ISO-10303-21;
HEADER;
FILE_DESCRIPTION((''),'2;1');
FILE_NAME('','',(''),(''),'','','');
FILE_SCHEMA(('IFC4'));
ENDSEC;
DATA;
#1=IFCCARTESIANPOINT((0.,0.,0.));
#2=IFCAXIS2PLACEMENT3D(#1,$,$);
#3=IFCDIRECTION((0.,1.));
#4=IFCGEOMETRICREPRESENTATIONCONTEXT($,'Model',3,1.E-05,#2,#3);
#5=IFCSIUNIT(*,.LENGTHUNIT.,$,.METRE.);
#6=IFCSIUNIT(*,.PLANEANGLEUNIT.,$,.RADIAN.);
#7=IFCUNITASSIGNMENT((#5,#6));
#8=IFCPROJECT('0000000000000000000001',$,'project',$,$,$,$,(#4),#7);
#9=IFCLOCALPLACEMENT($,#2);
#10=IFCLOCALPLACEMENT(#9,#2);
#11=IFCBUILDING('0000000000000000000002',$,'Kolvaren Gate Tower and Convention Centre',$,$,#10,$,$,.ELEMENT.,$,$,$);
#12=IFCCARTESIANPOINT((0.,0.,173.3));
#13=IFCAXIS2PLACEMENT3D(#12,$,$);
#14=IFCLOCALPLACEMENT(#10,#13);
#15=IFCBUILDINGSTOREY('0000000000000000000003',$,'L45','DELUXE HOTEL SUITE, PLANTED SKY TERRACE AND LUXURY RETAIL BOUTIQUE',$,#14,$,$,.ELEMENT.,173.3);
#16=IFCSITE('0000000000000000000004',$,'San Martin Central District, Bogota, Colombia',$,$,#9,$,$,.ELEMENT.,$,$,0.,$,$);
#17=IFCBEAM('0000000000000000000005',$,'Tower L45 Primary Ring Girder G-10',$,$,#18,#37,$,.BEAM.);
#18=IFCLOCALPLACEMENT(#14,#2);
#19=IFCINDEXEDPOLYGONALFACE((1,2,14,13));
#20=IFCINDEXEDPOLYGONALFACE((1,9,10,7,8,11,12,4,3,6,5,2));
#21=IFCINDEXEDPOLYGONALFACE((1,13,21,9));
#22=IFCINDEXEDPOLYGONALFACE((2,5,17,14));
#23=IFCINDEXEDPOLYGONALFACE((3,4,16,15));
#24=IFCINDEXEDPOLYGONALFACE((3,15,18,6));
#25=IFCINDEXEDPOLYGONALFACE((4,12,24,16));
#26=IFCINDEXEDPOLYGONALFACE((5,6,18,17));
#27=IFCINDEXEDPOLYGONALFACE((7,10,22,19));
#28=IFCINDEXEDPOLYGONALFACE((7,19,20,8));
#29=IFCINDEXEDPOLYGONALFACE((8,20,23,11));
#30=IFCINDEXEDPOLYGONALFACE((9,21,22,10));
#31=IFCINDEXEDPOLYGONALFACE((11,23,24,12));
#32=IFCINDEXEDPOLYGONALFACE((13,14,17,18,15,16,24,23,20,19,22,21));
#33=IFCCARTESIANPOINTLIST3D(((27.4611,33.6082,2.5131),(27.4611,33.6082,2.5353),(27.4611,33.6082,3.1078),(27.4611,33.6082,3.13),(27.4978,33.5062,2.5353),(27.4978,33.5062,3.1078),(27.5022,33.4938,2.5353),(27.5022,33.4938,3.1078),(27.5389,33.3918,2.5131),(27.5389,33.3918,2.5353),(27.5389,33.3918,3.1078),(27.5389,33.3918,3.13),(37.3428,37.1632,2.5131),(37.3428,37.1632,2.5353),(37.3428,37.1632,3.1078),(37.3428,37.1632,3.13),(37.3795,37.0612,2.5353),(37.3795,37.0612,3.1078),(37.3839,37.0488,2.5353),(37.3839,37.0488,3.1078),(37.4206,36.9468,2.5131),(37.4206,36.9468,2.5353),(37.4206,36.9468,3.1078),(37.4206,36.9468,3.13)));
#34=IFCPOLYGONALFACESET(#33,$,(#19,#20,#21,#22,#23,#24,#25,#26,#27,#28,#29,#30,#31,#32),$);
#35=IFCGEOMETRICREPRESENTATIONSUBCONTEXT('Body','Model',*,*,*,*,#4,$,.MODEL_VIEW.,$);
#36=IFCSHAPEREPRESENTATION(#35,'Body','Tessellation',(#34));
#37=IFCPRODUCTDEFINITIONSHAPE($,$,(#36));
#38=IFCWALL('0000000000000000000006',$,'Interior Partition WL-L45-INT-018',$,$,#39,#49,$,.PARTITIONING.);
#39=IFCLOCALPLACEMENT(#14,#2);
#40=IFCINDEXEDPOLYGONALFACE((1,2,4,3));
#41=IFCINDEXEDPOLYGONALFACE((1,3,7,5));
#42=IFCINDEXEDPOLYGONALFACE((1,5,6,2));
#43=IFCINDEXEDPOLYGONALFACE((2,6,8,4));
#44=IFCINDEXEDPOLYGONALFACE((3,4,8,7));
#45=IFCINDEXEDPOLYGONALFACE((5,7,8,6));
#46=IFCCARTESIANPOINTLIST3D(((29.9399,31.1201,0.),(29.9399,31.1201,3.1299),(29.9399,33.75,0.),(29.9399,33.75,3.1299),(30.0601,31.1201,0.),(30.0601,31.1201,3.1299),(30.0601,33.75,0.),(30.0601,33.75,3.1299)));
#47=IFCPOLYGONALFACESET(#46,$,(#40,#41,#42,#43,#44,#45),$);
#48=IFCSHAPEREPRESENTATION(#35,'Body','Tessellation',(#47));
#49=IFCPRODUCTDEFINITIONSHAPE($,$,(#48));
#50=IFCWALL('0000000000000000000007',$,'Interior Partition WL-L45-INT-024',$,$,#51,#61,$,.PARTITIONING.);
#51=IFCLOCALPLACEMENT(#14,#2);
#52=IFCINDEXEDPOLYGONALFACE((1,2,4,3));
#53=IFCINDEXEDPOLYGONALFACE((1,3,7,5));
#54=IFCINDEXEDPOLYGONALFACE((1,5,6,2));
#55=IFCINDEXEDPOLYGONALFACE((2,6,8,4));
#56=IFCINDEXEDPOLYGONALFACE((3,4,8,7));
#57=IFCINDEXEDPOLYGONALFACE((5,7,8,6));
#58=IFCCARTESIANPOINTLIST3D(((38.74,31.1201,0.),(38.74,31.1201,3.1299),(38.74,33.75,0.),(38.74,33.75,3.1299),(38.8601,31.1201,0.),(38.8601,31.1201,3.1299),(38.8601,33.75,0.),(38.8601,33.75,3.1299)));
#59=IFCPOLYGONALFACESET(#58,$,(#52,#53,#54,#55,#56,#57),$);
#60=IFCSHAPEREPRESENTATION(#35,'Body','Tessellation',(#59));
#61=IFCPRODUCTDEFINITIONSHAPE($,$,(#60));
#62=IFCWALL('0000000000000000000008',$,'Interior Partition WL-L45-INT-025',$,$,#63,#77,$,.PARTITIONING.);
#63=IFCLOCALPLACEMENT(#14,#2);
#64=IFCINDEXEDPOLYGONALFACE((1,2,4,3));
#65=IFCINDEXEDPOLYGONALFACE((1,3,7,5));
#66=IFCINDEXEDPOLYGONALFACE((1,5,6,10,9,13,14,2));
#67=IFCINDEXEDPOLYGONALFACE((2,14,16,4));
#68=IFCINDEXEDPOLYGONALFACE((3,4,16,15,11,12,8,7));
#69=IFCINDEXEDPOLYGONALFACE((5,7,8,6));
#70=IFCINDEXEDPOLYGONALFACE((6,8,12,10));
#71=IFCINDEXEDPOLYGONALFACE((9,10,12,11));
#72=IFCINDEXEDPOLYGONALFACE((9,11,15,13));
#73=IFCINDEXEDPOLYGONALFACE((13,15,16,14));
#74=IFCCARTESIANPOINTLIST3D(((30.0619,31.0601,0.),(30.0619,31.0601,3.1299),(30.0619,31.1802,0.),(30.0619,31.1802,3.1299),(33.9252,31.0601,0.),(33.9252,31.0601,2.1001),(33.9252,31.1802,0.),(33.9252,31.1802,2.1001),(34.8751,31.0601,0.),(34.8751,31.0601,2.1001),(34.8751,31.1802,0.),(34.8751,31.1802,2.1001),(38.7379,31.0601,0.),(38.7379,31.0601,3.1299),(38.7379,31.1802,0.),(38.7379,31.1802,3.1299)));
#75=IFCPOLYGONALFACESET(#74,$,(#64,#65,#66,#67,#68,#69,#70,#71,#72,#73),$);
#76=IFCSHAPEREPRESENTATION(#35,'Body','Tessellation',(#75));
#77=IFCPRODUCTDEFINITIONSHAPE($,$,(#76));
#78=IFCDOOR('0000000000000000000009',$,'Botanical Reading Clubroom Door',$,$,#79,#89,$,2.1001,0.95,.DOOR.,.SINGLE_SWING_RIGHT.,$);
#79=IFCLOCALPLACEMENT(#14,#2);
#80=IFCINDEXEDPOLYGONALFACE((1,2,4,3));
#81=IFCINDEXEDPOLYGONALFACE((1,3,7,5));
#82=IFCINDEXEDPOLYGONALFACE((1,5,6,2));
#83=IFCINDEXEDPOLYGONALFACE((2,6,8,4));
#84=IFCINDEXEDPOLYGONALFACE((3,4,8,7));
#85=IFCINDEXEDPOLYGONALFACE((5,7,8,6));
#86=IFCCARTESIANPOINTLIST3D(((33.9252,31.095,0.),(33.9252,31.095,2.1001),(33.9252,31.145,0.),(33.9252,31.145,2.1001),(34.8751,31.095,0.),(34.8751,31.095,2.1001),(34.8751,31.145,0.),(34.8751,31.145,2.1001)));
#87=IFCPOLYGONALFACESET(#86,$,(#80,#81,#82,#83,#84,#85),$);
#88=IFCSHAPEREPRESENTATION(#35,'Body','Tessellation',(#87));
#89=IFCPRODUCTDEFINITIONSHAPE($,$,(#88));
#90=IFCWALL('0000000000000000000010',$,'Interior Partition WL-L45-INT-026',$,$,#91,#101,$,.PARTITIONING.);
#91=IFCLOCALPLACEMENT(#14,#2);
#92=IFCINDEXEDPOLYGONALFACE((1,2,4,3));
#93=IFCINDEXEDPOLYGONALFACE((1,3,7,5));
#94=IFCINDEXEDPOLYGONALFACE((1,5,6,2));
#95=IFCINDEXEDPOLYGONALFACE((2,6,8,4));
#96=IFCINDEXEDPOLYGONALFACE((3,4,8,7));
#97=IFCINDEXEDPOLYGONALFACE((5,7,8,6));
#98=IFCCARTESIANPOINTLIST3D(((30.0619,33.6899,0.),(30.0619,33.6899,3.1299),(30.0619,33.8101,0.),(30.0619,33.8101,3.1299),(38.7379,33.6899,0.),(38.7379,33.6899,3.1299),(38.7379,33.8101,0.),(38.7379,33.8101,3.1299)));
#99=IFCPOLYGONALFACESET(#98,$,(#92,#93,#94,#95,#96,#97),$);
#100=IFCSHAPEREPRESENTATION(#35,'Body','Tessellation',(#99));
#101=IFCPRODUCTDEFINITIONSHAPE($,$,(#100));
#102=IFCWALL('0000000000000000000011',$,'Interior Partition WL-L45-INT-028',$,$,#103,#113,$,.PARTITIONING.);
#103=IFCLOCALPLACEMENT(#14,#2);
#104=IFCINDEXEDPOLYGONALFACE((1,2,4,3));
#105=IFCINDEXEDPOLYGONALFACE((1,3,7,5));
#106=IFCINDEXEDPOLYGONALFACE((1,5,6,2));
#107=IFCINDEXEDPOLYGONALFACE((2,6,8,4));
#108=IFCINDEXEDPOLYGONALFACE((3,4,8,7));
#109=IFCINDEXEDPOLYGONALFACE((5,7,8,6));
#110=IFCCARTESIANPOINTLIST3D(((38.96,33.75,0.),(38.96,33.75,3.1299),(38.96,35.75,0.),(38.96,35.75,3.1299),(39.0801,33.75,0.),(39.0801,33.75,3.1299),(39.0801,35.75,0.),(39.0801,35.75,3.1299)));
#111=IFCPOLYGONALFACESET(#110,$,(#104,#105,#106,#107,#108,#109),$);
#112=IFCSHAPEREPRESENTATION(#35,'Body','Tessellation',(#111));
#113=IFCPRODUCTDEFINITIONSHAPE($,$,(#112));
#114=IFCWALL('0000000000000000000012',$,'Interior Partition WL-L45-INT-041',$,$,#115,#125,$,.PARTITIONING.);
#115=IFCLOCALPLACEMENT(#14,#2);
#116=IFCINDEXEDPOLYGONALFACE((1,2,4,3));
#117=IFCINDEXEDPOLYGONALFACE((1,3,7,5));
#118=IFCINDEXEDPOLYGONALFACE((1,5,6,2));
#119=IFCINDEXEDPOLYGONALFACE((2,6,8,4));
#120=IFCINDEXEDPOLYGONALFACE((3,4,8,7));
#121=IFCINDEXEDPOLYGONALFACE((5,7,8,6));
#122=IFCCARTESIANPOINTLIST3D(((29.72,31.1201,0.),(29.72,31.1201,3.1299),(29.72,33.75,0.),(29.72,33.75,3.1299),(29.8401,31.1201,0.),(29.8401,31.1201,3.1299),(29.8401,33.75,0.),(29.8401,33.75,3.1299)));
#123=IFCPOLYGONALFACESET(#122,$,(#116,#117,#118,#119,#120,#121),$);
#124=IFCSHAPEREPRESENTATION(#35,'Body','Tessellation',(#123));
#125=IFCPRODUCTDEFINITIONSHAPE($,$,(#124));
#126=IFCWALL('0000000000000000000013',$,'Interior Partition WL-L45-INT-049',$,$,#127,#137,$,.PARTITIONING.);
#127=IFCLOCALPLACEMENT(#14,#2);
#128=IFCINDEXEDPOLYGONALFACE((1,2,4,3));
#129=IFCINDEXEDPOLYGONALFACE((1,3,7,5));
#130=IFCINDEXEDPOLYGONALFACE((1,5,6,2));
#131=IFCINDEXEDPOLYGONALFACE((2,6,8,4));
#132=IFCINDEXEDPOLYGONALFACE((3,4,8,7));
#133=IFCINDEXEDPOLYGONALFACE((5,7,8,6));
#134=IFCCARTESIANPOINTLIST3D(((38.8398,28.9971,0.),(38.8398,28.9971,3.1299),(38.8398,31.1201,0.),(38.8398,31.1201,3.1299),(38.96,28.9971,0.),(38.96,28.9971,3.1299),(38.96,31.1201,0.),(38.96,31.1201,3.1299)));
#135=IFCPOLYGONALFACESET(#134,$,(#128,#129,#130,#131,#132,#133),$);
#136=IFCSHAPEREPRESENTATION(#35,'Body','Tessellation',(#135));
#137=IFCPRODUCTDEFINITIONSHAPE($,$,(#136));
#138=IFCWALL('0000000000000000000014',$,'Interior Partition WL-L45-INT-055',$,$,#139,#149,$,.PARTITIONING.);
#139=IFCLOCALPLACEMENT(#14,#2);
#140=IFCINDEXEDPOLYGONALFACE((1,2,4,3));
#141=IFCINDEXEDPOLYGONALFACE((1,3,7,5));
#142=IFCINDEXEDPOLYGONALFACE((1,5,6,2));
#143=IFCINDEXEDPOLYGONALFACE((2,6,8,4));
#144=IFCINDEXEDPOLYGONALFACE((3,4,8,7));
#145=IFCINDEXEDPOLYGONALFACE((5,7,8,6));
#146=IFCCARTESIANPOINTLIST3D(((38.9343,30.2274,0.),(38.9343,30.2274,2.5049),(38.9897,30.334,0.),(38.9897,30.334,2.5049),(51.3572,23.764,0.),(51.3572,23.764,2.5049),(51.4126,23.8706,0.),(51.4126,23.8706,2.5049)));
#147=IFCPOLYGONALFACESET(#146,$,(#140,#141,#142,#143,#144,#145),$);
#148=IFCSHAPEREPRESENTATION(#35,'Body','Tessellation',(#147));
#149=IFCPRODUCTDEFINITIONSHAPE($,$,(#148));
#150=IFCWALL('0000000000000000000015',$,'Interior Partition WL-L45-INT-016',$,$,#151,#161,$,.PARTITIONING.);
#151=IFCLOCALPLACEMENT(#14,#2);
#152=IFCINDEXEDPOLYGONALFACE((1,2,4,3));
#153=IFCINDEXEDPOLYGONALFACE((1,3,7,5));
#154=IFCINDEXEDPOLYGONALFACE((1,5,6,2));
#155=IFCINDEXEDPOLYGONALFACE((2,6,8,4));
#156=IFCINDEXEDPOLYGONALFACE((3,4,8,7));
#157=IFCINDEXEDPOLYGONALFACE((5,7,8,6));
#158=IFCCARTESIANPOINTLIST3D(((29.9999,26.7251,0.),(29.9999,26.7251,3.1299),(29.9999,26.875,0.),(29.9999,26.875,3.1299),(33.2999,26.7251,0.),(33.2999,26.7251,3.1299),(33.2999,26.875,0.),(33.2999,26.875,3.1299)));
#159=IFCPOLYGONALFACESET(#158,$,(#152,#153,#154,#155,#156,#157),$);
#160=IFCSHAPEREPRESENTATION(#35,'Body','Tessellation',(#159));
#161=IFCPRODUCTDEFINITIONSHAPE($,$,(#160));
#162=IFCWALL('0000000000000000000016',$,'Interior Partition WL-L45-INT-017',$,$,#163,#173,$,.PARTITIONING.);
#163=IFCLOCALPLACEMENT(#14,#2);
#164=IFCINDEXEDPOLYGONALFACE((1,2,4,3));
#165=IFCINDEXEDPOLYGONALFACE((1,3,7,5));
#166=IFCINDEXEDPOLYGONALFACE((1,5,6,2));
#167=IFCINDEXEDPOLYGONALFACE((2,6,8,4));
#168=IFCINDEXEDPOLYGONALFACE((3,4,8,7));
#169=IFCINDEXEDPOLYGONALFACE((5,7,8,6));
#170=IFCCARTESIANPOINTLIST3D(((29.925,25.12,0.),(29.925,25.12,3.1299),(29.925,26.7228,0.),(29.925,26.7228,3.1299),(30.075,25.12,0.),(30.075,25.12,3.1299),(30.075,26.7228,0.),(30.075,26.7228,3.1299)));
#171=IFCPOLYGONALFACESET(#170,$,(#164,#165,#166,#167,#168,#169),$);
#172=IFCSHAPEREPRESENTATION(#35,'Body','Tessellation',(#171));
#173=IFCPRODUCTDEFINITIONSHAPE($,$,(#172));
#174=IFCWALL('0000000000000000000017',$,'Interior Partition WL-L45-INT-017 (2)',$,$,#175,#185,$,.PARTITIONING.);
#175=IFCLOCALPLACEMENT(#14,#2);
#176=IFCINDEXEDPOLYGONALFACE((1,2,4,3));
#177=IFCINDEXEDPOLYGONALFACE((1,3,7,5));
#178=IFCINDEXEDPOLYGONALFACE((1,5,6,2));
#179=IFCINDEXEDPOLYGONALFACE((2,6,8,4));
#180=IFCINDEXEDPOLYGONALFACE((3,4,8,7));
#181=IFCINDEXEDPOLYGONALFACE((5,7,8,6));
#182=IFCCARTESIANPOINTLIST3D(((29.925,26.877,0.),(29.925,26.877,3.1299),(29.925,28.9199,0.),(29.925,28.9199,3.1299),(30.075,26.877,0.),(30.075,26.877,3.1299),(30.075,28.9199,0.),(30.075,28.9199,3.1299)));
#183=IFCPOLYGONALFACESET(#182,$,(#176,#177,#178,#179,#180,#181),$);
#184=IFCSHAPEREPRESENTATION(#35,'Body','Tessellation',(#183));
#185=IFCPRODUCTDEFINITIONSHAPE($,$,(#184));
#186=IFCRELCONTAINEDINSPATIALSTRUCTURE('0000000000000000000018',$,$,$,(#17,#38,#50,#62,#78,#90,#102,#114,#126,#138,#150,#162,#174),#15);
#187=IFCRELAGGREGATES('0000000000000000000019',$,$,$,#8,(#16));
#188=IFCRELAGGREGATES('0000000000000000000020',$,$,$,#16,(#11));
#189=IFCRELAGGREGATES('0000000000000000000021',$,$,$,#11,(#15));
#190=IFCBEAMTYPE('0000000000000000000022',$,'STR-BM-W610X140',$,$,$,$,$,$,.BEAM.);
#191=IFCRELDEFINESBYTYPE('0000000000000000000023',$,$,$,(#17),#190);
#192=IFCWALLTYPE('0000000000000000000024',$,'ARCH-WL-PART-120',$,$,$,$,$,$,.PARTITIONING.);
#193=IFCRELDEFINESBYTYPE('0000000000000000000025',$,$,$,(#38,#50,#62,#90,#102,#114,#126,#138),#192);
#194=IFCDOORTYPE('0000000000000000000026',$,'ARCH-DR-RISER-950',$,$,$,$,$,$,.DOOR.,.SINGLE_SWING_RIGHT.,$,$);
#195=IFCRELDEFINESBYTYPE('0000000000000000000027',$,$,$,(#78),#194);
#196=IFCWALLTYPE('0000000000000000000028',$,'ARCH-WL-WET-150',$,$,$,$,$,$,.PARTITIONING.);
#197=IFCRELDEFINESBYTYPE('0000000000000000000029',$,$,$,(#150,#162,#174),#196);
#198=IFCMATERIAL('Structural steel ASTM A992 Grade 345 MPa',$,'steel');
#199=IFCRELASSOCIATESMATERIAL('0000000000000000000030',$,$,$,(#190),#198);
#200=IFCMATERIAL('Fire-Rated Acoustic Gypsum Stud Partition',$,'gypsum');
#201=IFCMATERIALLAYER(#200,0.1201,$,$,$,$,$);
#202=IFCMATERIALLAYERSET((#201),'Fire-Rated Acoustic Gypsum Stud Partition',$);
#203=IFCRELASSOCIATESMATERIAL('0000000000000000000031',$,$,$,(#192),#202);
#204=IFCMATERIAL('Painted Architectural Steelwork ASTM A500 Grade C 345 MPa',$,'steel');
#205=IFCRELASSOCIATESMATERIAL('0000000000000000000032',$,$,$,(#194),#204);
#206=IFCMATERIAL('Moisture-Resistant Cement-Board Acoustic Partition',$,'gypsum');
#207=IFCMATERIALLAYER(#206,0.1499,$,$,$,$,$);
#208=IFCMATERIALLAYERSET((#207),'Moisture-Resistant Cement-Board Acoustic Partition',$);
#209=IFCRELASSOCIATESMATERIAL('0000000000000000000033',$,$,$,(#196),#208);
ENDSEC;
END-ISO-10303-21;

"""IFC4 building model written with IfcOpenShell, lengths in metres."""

from ifc_helpers import new_model, si_unit, direction, frame, frame_2d, origin, origin_2d, place, context, subcontext, project, spatial, rectangle, i_section, extrude, material, layer, layer_set, material_profile, profile_set, type_object, element, fill, save


model = new_model("IFC4")

# Units and contexts
model_context = context("Model", 3, precision=1e-05, world=origin(), true_north=direction((0.0, 1.0)))
body_context = subcontext(model_context, "Body", "Model", "MODEL_VIEW")
ifc_project = project(units=[si_unit("LENGTHUNIT", "METRE"), si_unit("PLANEANGLEUNIT", "RADIAN")], contexts=[model_context])

# Site, building, storey
site_placement = place(None, origin())
site = spatial("IfcSite", under=ifc_project, at=site_placement, Name="San Martin Central District, Bogota, Colombia", CompositionType="ELEMENT", RefElevation=0.0)
building_placement = place(site_placement, origin())
building = spatial("IfcBuilding", under=site, at=building_placement, Name="Kolvaren Gate Tower and Convention Centre", CompositionType="ELEMENT")
storey_placement = place(building_placement, frame((0.0, 0.0, 173.3)))
storey = spatial("IfcBuildingStorey", under=building, at=storey_placement, Name="L45", Description="DELUXE HOTEL SUITE, PLANTED SKY TERRACE AND LUXURY RETAIL BOUTIQUE", CompositionType="ELEMENT", Elevation=173.3)

# Beam
ifc_material_1 = material(Name="Structural steel ASTM A992 Grade 345 MPa", Category="steel")
ifc_material_profile = material_profile(ifc_material_1, i_section(OverallWidth=0.23, OverallDepth=0.6169, WebThickness=0.0132, FlangeThickness=0.0222, at=origin_2d()), Name="W610X140")
ifc_profile_set = profile_set([ifc_material_profile], Name="Structural steel ASTM A992 Grade 345 MPa")
beam_type = type_object("IfcBeamType", Name="STR-BM-W610X140", PredefinedType="BEAM", material=ifc_profile_set)
beam_placement = place(storey_placement, frame((27.5, 33.5, 2.8215), z_axis=(0.940961, 0.338514, 0.0), x_axis=(-0.338514, 0.940961, 0.0)))
element("IfcBeam", 1, at=beam_placement, inside=storey, type_object=beam_type, Name="Tower L45 Primary Ring Girder G-10", PredefinedType="BEAM", context=body_context, shape_type="SweptSolid", body=[
    extrude(i_section(OverallWidth=0.23, OverallDepth=0.6169, WebThickness=0.0132, FlangeThickness=0.0222, at=origin_2d()), origin(), (0.0, 0.0, 1.0), 10.5017),
])

# Walls
ifc_material_2 = material(Name="Fire-Rated Acoustic Gypsum Stud Partition", Category="gypsum")
ifc_layer_1 = layer(ifc_material_2, 0.1201)
ifc_layer_set_1 = layer_set([ifc_layer_1], Name="Fire-Rated Acoustic Gypsum Stud Partition")
wall_type_1 = type_object("IfcWallType", Name="ARCH-WL-PART-120", PredefinedType="PARTITIONING", material=ifc_layer_set_1)
for number, where, z_axis, x_axis, name in (
    (2, (30.0, 31.1201, 0.0), (0.0, 0.0, 1.0), (0.0, 1.0, 0.0), "Interior Partition WL-L45-INT-018"),
    (3, (38.8, 31.1201, 0.0), (0.0, 0.0, 1.0), (0.0, 1.0, 0.0), "Interior Partition WL-L45-INT-024"),
):
    element("IfcWall", number, at=place(storey_placement, frame(where, z_axis=z_axis, x_axis=x_axis)), inside=storey, type_object=wall_type_1, Name=name, PredefinedType="PARTITIONING", context=body_context, shape_type="SweptSolid", body=[
        extrude(rectangle(XDim=2.6299, YDim=0.1201, at=frame_2d((1.3149, 0.0))), origin(), (0.0, 0.0, 1.0), 3.1299),
    ])

# Wall, opening, door
wall_1_placement = place(storey_placement, frame((30.062, 31.1201, 0.0), z_axis=(0.0, 0.0, 1.0), x_axis=(1.0, 0.0, 0.0)))
wall_1 = element("IfcWall", 4, at=wall_1_placement, inside=storey, type_object=wall_type_1, Name="Interior Partition WL-L45-INT-025", PredefinedType="PARTITIONING", context=body_context, shape_type="SweptSolid", body=[
    extrude(rectangle(XDim=8.676, YDim=0.1201, at=frame_2d((4.3379, 0.0))), origin(), (0.0, 0.0, 1.0), 3.1299),
])
opening_1_placement = place(wall_1_placement, frame((3.863, 0.0, 0.0)))
opening_1 = element("IfcOpeningElement", 5, at=opening_1_placement, cuts=wall_1, PredefinedType="OPENING", context=body_context, shape_type="SweptSolid", body=[
    extrude(rectangle(XDim=0.95, YDim=2.1001, at=frame_2d((0.4751, 1.05))), frame((0.0, 0.0701, 0.0), z_axis=(0.0, -1.0, 0.0), x_axis=(1.0, 0.0, 0.0)), (0.0, 0.0, 1.0), 0.1401),
])
ifc_material_3 = material(Name="Painted Architectural Steelwork ASTM A500 Grade C 345 MPa", Category="steel")
door_type = type_object("IfcDoorType", Name="ARCH-DR-RISER-950", OperationType="SINGLE_SWING_RIGHT", PredefinedType="DOOR", material=ifc_material_3)
door_1_placement = place(opening_1_placement, origin())
door_1 = element("IfcDoor", 6, at=door_1_placement, inside=storey, type_object=door_type, Name="Botanical Reading Clubroom Door", OperationType="SINGLE_SWING_RIGHT", OverallHeight=2.1001, OverallWidth=0.95, PredefinedType="DOOR", context=body_context, shape_type="SweptSolid", body=[
    extrude(rectangle(XDim=0.95, YDim=2.1001, at=frame_2d((0.4751, 1.05))), frame((0.0, 0.0249, 0.0), z_axis=(0.0, -1.0, 0.0), x_axis=(1.0, 0.0, 0.0)), (0.0, 0.0, 1.0), 0.05),
])
fill(opening_1, door_1)

# Walls
wall_2_placement = place(storey_placement, frame((30.062, 33.75, 0.0), z_axis=(0.0, 0.0, 1.0), x_axis=(1.0, 0.0, 0.0)))
element("IfcWall", 7, at=wall_2_placement, inside=storey, type_object=wall_type_1, Name="Interior Partition WL-L45-INT-026", PredefinedType="PARTITIONING", context=body_context, shape_type="SweptSolid", body=[
    extrude(rectangle(XDim=8.676, YDim=0.1201, at=frame_2d((4.3379, 0.0))), origin(), (0.0, 0.0, 1.0), 3.1299),
])
wall_3_placement = place(storey_placement, frame((39.02, 33.75, 0.0), z_axis=(0.0, 0.0, 1.0), x_axis=(0.0, 1.0, 0.0)))
element("IfcWall", 8, at=wall_3_placement, inside=storey, type_object=wall_type_1, Name="Interior Partition WL-L45-INT-028", PredefinedType="PARTITIONING", context=body_context, shape_type="SweptSolid", body=[
    extrude(rectangle(XDim=2.0, YDim=0.1201, at=frame_2d((1.0, 0.0))), origin(), (0.0, 0.0, 1.0), 3.1299),
])
wall_4_placement = place(storey_placement, frame((29.78, 31.1201, 0.0), z_axis=(0.0, 0.0, 1.0), x_axis=(0.0, 1.0, 0.0)))
element("IfcWall", 9, at=wall_4_placement, inside=storey, type_object=wall_type_1, Name="Interior Partition WL-L45-INT-041", PredefinedType="PARTITIONING", context=body_context, shape_type="SweptSolid", body=[
    extrude(rectangle(XDim=2.6299, YDim=0.1201, at=frame_2d((1.3149, 0.0))), origin(), (0.0, 0.0, 1.0), 3.1299),
])
wall_5_placement = place(storey_placement, frame((38.8999, 28.9971, 0.0), z_axis=(0.0, 0.0, 1.0), x_axis=(0.0, 1.0, 0.0)))
element("IfcWall", 10, at=wall_5_placement, inside=storey, type_object=wall_type_1, Name="Interior Partition WL-L45-INT-049", PredefinedType="PARTITIONING", context=body_context, shape_type="SweptSolid", body=[
    extrude(rectangle(XDim=2.123, YDim=0.1201, at=frame_2d((1.0615, 0.0))), origin(), (0.0, 0.0, 1.0), 3.1299),
])
wall_6_placement = place(storey_placement, frame((38.9619, 30.2808, 0.0), z_axis=(0.0, 0.0, 1.0), x_axis=(0.887115, -0.461549, 0.0)))
element("IfcWall", 11, at=wall_6_placement, inside=storey, type_object=wall_type_1, Name="Interior Partition WL-L45-INT-055", PredefinedType="PARTITIONING", context=body_context, shape_type="SweptSolid", body=[
    extrude(rectangle(XDim=14.0037, YDim=0.1201, at=frame_2d((7.002, 0.0))), origin(), (0.0, 0.0, 1.0), 2.5049),
])
ifc_material_4 = material(Name="Moisture-Resistant Cement-Board Acoustic Partition", Category="gypsum")
ifc_layer_2 = layer(ifc_material_4, 0.1499)
ifc_layer_set_2 = layer_set([ifc_layer_2], Name="Moisture-Resistant Cement-Board Acoustic Partition")
wall_type_2 = type_object("IfcWallType", Name="ARCH-WL-WET-150", PredefinedType="PARTITIONING", material=ifc_layer_set_2)
wall_7_placement = place(storey_placement, frame((30.0, 26.8, 0.0), z_axis=(0.0, 0.0, 1.0), x_axis=(1.0, 0.0, 0.0)))
element("IfcWall", 12, at=wall_7_placement, inside=storey, type_object=wall_type_2, Name="Interior Partition WL-L45-INT-016", PredefinedType="PARTITIONING", context=body_context, shape_type="SweptSolid", body=[
    extrude(rectangle(XDim=3.3, YDim=0.1499, at=frame_2d((1.6499, 0.0))), origin(), (0.0, 0.0, 1.0), 3.1299),
])
wall_8_placement = place(storey_placement, frame((30.0, 25.1201, 0.0), z_axis=(0.0, 0.0, 1.0), x_axis=(0.0, 1.0, 0.0)))
element("IfcWall", 13, at=wall_8_placement, inside=storey, type_object=wall_type_2, Name="Interior Partition WL-L45-INT-017", PredefinedType="PARTITIONING", context=body_context, shape_type="SweptSolid", body=[
    extrude(rectangle(XDim=1.6028, YDim=0.1499, at=frame_2d((0.8013, 0.0))), origin(), (0.0, 0.0, 1.0), 3.1299),
])
wall_9_placement = place(storey_placement, frame((30.0, 26.877, 0.0), z_axis=(0.0, 0.0, 1.0), x_axis=(0.0, 1.0, 0.0)))
element("IfcWall", 14, at=wall_9_placement, inside=storey, type_object=wall_type_2, Name="Interior Partition WL-L45-INT-017 (2)", PredefinedType="PARTITIONING", context=body_context, shape_type="SweptSolid", body=[
    extrude(rectangle(XDim=2.043, YDim=0.1499, at=frame_2d((1.0215, 0.0))), origin(), (0.0, 0.0, 1.0), 3.1299),
])

save(model, "model.ifc")
